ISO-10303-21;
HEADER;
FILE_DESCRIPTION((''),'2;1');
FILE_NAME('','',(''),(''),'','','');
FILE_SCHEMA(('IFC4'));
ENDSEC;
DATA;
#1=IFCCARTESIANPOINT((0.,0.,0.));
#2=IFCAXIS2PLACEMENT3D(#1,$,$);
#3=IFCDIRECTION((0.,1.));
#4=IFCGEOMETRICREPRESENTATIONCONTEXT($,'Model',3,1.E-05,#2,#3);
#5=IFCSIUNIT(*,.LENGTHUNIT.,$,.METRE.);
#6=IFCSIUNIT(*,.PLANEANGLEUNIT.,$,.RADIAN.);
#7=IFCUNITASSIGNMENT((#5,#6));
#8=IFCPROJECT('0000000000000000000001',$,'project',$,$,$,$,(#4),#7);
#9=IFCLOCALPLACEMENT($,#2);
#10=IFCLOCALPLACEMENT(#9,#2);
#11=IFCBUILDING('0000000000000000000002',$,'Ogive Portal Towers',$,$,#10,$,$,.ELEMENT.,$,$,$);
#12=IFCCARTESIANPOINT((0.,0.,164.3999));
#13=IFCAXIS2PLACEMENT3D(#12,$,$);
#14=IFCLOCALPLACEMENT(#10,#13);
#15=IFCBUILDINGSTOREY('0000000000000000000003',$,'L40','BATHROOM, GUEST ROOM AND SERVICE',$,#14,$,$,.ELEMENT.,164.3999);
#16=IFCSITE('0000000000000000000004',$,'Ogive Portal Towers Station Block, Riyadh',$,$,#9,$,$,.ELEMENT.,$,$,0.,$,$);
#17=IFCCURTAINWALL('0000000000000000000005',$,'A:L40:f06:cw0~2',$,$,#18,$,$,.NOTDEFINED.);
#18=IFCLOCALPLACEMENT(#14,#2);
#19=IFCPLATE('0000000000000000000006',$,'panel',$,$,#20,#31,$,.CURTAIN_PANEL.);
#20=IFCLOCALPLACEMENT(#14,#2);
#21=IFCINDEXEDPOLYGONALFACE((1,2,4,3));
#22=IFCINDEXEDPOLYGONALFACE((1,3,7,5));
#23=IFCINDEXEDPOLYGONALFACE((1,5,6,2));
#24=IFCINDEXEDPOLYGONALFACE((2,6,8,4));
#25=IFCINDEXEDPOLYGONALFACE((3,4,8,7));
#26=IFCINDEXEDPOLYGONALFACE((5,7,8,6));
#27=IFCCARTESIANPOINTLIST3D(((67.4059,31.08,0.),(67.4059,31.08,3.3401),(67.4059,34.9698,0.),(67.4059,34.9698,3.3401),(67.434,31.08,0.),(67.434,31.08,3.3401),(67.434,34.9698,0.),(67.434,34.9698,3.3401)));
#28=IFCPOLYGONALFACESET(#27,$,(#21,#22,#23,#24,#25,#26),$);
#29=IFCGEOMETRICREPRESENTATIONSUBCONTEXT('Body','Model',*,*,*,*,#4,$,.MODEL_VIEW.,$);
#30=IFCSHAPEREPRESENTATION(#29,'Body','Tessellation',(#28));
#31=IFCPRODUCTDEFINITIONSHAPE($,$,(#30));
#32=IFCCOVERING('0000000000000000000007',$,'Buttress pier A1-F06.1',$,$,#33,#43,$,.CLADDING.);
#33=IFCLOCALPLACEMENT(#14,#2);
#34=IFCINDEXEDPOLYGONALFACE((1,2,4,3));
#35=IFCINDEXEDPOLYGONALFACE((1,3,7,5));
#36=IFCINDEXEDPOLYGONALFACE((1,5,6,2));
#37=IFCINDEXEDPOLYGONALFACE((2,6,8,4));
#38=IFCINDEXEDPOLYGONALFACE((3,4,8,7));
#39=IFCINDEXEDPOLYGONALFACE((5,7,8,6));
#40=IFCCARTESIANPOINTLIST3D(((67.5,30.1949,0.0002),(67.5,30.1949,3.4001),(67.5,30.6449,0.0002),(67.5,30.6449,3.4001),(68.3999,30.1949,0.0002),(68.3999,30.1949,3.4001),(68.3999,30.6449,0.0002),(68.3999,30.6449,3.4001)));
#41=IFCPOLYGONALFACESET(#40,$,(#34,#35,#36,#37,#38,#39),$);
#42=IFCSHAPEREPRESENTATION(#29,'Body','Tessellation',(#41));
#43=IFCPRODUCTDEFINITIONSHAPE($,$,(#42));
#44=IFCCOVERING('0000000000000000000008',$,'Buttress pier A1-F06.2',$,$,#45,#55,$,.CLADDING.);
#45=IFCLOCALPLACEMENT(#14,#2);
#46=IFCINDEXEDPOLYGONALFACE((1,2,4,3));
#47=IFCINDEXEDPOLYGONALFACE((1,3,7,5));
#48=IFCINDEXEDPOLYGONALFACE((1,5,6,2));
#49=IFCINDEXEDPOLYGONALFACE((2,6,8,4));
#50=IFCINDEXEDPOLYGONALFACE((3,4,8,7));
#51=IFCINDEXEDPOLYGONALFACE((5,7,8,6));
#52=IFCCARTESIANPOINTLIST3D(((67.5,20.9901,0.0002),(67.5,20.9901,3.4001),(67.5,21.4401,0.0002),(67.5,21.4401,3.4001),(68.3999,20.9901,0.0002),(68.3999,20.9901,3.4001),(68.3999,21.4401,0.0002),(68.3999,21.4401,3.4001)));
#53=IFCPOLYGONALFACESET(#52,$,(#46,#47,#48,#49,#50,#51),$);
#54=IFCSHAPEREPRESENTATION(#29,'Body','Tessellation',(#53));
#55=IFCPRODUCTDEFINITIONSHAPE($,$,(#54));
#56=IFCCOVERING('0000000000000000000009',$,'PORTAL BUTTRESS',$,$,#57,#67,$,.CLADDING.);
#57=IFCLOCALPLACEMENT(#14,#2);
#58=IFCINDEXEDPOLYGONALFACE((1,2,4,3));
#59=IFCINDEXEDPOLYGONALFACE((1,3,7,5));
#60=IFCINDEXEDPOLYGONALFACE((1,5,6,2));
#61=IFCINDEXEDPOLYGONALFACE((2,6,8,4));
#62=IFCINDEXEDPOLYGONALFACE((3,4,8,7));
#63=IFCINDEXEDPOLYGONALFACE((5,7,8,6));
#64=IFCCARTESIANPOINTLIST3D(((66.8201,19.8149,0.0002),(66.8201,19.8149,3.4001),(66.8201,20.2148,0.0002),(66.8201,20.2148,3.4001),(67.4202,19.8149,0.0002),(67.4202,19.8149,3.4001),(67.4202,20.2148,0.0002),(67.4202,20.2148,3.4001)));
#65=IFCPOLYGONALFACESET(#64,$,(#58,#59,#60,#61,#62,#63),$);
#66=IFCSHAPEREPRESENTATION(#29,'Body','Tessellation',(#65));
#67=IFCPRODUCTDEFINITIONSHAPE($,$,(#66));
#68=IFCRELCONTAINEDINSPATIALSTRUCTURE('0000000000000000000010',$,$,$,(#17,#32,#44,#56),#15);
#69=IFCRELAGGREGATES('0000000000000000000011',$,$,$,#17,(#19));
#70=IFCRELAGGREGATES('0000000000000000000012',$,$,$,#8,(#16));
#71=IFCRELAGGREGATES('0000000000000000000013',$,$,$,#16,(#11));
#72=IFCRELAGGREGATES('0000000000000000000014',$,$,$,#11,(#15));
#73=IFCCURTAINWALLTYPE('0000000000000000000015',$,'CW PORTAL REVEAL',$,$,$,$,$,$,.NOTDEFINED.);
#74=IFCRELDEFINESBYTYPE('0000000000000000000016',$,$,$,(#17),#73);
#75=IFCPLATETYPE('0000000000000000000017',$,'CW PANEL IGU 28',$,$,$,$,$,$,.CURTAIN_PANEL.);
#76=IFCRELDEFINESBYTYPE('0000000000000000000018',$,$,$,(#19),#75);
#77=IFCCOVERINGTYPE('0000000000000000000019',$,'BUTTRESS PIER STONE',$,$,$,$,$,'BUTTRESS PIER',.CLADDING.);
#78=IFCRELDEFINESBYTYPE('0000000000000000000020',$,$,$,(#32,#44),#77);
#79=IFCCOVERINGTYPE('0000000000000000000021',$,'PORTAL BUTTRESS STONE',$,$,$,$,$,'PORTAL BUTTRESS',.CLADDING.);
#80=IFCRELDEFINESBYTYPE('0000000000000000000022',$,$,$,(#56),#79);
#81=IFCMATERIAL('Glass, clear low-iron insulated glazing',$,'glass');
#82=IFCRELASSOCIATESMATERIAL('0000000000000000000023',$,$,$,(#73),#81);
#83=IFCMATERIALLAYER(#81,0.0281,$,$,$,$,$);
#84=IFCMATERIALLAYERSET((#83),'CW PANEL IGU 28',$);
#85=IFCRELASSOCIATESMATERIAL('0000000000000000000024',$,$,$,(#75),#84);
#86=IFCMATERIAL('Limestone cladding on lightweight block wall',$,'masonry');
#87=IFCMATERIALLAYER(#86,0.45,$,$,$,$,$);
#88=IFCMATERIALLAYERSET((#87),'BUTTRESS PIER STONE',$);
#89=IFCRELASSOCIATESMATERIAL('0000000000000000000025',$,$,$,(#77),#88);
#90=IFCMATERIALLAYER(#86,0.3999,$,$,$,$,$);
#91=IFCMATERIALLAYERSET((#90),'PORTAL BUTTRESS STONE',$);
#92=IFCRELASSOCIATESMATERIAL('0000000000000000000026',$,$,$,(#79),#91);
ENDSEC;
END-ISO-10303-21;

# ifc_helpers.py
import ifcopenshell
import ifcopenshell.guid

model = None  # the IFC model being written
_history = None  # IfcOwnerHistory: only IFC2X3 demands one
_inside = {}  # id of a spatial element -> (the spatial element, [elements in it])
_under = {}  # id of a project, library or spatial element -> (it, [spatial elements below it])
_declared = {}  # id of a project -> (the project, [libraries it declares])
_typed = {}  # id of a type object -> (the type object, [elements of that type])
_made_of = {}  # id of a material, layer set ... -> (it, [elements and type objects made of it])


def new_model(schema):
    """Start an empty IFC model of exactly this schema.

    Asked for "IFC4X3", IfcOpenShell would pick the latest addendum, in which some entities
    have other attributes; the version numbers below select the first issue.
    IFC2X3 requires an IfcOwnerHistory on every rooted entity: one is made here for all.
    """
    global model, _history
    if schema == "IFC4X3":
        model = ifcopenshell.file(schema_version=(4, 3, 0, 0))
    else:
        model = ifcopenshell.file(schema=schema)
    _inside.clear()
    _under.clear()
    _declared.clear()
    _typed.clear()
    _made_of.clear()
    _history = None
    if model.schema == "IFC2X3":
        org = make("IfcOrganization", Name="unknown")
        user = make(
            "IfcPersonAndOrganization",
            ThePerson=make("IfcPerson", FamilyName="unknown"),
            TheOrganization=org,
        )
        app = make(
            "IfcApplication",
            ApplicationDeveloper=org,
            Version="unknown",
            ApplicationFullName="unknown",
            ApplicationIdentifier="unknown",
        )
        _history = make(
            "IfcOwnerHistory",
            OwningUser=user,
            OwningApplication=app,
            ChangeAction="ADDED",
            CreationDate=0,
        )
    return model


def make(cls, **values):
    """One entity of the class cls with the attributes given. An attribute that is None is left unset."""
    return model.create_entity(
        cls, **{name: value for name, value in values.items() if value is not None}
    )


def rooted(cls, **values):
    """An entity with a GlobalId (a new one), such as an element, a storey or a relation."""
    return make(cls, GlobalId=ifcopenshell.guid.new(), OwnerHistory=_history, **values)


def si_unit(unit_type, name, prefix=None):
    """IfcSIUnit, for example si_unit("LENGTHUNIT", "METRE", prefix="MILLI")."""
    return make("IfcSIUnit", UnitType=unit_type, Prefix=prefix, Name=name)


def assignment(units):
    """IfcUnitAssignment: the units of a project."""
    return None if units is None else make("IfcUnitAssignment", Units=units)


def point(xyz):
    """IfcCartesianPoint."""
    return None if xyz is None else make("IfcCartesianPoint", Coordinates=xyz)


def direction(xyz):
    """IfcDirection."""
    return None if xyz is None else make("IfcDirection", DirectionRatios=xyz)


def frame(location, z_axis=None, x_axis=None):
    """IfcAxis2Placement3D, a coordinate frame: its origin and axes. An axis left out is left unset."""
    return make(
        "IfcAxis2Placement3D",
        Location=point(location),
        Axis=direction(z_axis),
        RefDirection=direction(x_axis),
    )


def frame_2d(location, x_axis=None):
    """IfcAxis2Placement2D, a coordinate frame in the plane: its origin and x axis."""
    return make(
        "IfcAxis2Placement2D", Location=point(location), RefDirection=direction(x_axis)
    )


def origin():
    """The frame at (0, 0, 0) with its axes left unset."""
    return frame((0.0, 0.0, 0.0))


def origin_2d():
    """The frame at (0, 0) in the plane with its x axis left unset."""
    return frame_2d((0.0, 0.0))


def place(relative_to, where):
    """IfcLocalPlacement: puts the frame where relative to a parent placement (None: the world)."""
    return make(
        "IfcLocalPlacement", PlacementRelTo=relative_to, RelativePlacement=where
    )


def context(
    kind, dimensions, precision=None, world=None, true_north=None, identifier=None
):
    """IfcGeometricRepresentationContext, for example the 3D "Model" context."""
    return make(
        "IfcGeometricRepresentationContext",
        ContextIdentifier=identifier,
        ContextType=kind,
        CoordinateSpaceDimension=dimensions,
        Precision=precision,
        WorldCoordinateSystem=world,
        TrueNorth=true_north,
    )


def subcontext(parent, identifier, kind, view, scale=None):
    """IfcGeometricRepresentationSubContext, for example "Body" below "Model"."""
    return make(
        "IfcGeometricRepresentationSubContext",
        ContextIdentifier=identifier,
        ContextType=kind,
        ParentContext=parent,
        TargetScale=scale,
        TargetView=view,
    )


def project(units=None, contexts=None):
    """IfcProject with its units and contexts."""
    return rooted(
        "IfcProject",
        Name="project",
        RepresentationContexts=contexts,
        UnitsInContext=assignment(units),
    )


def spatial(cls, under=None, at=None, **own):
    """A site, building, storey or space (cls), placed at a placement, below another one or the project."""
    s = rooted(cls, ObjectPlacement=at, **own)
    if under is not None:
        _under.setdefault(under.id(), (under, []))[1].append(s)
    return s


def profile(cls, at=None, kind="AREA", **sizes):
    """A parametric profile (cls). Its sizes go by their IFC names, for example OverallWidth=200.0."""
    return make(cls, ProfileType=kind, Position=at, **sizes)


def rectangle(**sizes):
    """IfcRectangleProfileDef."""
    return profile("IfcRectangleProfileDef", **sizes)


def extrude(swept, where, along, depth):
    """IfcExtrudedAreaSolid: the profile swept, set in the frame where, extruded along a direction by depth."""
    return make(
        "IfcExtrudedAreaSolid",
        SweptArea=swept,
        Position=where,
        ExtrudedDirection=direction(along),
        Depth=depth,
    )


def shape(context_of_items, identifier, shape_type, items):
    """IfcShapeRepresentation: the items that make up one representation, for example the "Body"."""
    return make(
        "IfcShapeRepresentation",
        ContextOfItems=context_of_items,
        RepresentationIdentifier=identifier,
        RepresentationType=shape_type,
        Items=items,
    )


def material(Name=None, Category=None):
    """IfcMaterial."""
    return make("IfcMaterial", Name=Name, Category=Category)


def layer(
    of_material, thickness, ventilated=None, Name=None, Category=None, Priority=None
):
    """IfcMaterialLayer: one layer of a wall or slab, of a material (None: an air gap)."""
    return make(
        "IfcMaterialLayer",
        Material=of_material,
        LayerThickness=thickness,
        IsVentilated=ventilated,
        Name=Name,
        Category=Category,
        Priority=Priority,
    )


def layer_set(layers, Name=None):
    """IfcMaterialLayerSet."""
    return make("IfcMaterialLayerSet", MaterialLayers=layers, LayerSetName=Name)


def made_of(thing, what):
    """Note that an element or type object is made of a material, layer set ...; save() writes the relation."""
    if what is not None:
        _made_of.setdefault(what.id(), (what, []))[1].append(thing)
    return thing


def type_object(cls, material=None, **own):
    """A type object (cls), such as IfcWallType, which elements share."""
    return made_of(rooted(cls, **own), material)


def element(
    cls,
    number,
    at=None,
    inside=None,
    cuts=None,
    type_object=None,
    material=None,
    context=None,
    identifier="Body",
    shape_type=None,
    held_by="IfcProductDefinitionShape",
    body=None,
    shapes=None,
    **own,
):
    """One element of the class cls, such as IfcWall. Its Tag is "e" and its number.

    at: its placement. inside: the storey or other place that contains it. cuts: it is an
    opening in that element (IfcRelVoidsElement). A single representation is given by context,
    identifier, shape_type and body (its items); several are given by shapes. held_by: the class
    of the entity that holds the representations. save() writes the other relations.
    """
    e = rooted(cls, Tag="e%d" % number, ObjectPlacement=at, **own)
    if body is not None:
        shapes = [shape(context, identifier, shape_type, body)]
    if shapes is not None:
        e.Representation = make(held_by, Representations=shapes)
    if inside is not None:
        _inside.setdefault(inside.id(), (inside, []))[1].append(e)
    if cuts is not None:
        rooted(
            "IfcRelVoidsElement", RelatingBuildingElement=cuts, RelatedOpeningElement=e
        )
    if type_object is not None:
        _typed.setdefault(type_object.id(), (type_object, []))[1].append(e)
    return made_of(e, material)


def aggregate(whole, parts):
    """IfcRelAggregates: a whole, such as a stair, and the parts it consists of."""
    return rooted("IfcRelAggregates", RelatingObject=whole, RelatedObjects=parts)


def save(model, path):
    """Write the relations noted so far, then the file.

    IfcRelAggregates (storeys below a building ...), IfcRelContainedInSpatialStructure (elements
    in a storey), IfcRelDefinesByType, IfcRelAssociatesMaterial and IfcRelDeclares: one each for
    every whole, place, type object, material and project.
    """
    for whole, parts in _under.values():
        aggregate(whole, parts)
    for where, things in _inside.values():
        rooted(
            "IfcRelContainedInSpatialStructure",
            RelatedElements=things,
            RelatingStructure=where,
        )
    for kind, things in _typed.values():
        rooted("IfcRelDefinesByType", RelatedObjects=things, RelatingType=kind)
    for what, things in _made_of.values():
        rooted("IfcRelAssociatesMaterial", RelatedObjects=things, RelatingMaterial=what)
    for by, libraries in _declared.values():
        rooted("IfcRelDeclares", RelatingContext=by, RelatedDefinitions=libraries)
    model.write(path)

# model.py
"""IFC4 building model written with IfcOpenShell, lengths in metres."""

from ifc_helpers import new_model, si_unit, direction, frame, origin, origin_2d, place, context, subcontext, project, spatial, rectangle, extrude, material, layer, layer_set, type_object, element, aggregate, save


model = new_model("IFC4")

# Units and contexts
model_context = context("Model", 3, precision=1e-05, world=origin(), true_north=direction((0.0, 1.0)))
body_context = subcontext(model_context, "Body", "Model", "MODEL_VIEW")
ifc_project = project(units=[si_unit("LENGTHUNIT", "METRE"), si_unit("PLANEANGLEUNIT", "RADIAN")], contexts=[model_context])

# Site, building, storey
site_placement = place(None, origin())
site = spatial("IfcSite", under=ifc_project, at=site_placement, Name="Ogive Portal Towers Station Block, Riyadh", CompositionType="ELEMENT", RefElevation=0.0)
building_placement = place(site_placement, origin())
building = spatial("IfcBuilding", under=site, at=building_placement, Name="Ogive Portal Towers", CompositionType="ELEMENT")
storey_placement = place(building_placement, frame((0.0, 0.0, 164.3999)))
storey = spatial("IfcBuildingStorey", under=building, at=storey_placement, Name="L40", Description="BATHROOM, GUEST ROOM AND SERVICE", CompositionType="ELEMENT", Elevation=164.3999)

# Shared definitions
ifc_material_1 = material(Name="Glass, clear low-iron insulated glazing", Category="glass")
curtain_wall_type = type_object("IfcCurtainWallType", Name="CW PORTAL REVEAL", PredefinedType="NOTDEFINED", material=ifc_material_1)

# Curtain wall
curtain_wall_1_placement = place(storey_placement, origin())
curtain_wall_1 = element("IfcCurtainWall", 1, at=curtain_wall_1_placement, inside=storey, type_object=curtain_wall_type, Name="A:L40:f06:cw0~2", PredefinedType="NOTDEFINED")

# Plate
ifc_layer_1 = layer(ifc_material_1, 0.0281)
ifc_layer_set_1 = layer_set([ifc_layer_1], Name="CW PANEL IGU 28")
plate_type = type_object("IfcPlateType", Name="CW PANEL IGU 28", PredefinedType="CURTAIN_PANEL", material=ifc_layer_set_1)
plate_1_placement = place(storey_placement, frame((67.4199, 33.0249, 0.0), z_axis=(0.0, 0.0, 1.0), x_axis=(0.0, 1.0, 0.0)))
plate_1 = element("IfcPlate", 2, at=plate_1_placement, type_object=plate_type, Name="panel", PredefinedType="CURTAIN_PANEL", context=body_context, shape_type="SweptSolid", body=[
    extrude(rectangle(XDim=3.8899, YDim=0.0281, at=origin_2d()), origin(), (0.0, 0.0, 1.0), 3.3401),
])
aggregate(curtain_wall_1, [plate_1])

# Coverings
ifc_material_2 = material(Name="Limestone cladding on lightweight block wall", Category="masonry")
ifc_layer_2 = layer(ifc_material_2, 0.45)
ifc_layer_set_2 = layer_set([ifc_layer_2], Name="BUTTRESS PIER STONE")
covering_type_1 = type_object("IfcCoveringType", Name="BUTTRESS PIER STONE", ElementType="BUTTRESS PIER", PredefinedType="CLADDING", material=ifc_layer_set_2)
for number, where, z_axis, x_axis, name in (
    (3, (67.95, 30.4199, 0.0002), (0.0, 0.0, 1.0), (1.0, 0.0, 0.0), "Buttress pier A1-F06.1"),
    (4, (67.95, 21.2151, 0.0002), (0.0, 0.0, 1.0), (1.0, 0.0, 0.0), "Buttress pier A1-F06.2"),
):
    element("IfcCovering", number, at=place(storey_placement, frame(where, z_axis=z_axis, x_axis=x_axis)), inside=storey, type_object=covering_type_1, Name=name, PredefinedType="CLADDING", context=body_context, shape_type="SweptSolid", body=[
        extrude(rectangle(XDim=0.8999, YDim=0.45, at=origin_2d()), origin(), (0.0, 0.0, 1.0), 3.3999),
    ])
ifc_layer_3 = layer(ifc_material_2, 0.3999)
ifc_layer_set_3 = layer_set([ifc_layer_3], Name="PORTAL BUTTRESS STONE")
covering_type_2 = type_object("IfcCoveringType", Name="PORTAL BUTTRESS STONE", ElementType="PORTAL BUTTRESS", PredefinedType="CLADDING", material=ifc_layer_set_3)
covering_placement = place(storey_placement, frame((67.1201, 20.0149, 0.0002), z_axis=(0.0, 0.0, 1.0), x_axis=(1.0, 0.0, 0.0)))
element("IfcCovering", 5, at=covering_placement, inside=storey, type_object=covering_type_2, Name="PORTAL BUTTRESS", PredefinedType="CLADDING", context=body_context, shape_type="SweptSolid", body=[
    extrude(rectangle(XDim=0.6001, YDim=0.3999, at=origin_2d()), origin(), (0.0, 0.0, 1.0), 3.3999),
])

save(model, "model.ifc")
